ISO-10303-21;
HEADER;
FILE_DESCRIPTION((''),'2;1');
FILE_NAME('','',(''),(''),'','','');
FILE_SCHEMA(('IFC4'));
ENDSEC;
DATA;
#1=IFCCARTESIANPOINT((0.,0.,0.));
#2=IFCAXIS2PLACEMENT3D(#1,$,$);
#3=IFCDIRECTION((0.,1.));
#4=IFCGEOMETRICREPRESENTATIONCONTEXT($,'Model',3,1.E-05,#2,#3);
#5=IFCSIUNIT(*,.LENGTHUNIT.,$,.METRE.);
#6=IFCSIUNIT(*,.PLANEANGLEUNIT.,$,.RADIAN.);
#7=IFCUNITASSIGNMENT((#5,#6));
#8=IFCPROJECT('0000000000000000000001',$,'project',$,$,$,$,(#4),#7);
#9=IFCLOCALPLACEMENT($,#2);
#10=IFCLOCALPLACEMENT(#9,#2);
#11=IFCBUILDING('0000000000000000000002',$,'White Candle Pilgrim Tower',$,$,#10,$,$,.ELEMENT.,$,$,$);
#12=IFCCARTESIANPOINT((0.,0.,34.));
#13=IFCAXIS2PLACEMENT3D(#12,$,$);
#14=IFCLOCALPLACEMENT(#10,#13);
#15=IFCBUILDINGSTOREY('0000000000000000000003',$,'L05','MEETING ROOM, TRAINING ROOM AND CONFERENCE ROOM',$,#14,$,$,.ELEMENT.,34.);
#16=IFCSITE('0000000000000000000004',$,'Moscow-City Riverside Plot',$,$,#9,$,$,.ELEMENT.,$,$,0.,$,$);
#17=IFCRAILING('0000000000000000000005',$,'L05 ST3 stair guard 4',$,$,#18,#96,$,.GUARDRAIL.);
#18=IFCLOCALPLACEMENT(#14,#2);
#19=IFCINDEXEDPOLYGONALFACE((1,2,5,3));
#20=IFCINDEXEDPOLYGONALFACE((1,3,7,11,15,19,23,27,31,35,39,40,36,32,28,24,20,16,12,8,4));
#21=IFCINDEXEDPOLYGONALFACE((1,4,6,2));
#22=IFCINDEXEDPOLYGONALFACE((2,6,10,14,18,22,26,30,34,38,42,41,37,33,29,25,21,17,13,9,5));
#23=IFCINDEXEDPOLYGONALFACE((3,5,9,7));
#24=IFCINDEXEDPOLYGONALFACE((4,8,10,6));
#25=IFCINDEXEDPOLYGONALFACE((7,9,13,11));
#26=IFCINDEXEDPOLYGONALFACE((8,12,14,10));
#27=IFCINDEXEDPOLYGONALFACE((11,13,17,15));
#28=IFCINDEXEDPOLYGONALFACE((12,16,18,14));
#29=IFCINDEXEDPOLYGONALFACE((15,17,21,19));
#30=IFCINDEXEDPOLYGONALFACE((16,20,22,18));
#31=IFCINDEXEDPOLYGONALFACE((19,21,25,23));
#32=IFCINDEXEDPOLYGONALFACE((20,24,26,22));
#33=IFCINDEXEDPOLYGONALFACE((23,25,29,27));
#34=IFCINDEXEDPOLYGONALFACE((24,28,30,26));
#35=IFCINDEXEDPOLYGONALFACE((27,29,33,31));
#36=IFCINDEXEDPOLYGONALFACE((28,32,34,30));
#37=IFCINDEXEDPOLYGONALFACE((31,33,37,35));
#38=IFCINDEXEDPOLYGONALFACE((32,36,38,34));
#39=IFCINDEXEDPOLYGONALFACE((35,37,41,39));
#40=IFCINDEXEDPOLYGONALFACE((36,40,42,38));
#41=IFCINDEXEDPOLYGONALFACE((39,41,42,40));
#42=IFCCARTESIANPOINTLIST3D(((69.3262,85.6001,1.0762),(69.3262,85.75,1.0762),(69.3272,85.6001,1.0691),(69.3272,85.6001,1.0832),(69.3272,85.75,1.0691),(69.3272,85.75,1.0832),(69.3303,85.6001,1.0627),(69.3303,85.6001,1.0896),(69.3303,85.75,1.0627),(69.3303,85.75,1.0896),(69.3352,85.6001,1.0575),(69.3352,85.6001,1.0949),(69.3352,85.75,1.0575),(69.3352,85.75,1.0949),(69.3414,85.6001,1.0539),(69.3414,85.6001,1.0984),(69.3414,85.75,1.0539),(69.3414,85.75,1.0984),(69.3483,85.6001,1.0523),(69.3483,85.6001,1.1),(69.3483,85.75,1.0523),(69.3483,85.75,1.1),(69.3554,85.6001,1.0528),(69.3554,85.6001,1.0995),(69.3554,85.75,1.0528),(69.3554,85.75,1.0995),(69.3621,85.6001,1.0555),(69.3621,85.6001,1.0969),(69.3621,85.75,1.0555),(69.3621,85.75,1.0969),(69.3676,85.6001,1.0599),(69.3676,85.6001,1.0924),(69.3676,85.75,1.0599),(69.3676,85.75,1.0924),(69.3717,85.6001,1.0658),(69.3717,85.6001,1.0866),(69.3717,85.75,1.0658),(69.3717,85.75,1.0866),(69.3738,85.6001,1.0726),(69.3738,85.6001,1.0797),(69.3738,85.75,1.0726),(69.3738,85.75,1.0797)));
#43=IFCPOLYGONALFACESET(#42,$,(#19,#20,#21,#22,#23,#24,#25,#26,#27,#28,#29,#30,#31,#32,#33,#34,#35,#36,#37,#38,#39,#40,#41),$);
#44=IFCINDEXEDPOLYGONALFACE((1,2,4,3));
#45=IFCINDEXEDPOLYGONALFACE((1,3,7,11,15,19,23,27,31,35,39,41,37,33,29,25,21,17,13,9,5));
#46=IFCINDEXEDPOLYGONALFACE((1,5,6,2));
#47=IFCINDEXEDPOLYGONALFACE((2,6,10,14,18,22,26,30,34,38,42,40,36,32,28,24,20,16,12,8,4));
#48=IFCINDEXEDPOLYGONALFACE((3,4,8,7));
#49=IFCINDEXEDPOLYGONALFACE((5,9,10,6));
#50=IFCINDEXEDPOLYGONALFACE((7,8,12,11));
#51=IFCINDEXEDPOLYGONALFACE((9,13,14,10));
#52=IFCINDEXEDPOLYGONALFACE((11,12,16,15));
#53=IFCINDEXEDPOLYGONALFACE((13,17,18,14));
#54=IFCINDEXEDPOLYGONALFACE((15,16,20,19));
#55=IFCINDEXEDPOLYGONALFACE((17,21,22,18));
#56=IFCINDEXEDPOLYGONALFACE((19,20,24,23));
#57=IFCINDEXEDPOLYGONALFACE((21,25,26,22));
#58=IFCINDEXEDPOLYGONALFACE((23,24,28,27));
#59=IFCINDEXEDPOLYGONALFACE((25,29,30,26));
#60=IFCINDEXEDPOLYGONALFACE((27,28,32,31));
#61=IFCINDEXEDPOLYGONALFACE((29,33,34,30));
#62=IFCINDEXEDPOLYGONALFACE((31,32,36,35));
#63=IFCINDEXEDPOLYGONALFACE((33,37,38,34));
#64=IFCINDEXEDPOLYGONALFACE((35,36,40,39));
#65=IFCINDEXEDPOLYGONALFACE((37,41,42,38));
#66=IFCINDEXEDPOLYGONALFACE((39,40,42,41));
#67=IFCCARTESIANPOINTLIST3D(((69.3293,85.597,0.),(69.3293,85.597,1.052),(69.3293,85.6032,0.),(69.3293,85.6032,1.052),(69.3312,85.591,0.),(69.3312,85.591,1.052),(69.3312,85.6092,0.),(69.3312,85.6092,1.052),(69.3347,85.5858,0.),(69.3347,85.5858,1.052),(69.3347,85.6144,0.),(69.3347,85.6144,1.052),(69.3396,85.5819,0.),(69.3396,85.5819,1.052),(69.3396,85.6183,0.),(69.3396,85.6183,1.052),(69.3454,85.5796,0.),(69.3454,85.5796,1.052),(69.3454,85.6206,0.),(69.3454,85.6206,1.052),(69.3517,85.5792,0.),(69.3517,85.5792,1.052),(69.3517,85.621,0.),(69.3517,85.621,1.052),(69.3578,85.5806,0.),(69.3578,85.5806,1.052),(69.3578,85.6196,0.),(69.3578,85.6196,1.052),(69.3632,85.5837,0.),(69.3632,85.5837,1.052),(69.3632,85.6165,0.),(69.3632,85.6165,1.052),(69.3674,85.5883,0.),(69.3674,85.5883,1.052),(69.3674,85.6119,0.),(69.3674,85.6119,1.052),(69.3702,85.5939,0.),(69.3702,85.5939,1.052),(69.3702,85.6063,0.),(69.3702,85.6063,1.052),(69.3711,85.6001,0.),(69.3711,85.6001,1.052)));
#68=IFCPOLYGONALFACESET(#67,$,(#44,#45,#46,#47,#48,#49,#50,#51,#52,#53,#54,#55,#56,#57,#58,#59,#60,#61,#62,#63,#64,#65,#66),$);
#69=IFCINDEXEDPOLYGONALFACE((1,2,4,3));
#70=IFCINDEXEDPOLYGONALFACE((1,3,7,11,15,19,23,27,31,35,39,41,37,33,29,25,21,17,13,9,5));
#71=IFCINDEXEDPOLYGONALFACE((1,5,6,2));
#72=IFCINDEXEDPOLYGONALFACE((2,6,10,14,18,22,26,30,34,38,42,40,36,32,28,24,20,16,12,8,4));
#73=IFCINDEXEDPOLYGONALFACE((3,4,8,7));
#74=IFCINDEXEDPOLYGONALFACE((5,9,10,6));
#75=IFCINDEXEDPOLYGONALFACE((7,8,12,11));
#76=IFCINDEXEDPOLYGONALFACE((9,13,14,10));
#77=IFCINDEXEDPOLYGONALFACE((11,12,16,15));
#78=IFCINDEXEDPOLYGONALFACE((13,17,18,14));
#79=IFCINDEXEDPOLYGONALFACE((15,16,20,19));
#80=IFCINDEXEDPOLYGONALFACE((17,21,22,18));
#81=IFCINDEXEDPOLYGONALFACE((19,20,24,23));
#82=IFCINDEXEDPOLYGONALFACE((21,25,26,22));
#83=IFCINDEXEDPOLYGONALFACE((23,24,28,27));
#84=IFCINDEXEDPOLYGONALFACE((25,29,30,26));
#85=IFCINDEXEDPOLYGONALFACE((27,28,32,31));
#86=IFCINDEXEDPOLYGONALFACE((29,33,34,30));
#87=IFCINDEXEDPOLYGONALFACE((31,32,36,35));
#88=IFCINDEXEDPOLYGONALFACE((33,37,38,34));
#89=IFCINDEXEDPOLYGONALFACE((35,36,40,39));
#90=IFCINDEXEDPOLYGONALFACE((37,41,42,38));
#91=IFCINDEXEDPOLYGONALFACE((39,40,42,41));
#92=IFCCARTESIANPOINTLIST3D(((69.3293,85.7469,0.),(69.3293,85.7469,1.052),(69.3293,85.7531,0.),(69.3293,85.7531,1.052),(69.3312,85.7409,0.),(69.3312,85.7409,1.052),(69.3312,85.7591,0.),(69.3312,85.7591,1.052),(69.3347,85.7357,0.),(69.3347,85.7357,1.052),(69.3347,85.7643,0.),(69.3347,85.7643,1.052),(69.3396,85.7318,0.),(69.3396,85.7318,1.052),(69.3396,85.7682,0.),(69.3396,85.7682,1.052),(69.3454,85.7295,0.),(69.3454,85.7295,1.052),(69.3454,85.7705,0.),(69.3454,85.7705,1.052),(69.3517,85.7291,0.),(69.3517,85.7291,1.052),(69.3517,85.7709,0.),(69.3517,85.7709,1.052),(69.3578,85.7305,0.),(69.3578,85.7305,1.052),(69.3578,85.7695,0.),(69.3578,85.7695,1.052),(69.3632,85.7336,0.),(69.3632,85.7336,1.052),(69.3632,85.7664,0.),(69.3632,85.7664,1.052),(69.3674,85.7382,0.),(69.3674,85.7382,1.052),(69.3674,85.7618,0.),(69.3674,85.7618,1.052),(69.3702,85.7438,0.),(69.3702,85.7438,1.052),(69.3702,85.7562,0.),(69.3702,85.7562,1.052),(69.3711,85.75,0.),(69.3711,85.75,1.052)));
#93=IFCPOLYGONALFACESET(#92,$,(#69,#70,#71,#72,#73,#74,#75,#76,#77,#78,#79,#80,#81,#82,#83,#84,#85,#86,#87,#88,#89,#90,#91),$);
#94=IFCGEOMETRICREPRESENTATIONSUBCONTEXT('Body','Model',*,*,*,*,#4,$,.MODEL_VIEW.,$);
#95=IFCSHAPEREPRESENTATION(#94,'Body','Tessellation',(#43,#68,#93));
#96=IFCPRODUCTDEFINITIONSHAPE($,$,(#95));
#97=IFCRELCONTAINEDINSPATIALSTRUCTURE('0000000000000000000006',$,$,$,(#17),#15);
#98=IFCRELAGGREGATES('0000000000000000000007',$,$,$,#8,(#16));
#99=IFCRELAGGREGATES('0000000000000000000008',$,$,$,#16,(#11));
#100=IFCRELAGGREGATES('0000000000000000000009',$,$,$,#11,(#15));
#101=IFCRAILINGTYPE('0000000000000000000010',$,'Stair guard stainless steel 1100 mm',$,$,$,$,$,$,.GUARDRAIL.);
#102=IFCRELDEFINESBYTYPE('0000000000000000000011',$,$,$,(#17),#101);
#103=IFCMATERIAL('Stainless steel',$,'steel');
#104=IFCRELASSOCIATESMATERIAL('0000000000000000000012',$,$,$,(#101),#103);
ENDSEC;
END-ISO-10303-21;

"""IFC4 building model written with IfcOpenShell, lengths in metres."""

from ifc_helpers import new_model, si_unit, direction, frame, origin, origin_2d, place, context, subcontext, project, spatial, circle, extrude, material, type_object, element, save


model = new_model("IFC4")

# Units and contexts
model_context = context("Model", 3, precision=1e-05, world=origin(), true_north=direction((0.0, 1.0)))
body_context = subcontext(model_context, "Body", "Model", "MODEL_VIEW")
ifc_project = project(units=[si_unit("LENGTHUNIT", "METRE"), si_unit("PLANEANGLEUNIT", "RADIAN")], contexts=[model_context])

# Site, building, storey
site_placement = place(None, origin())
site = spatial("IfcSite", under=ifc_project, at=site_placement, Name="Moscow-City Riverside Plot", CompositionType="ELEMENT", RefElevation=0.0)
building_placement = place(site_placement, origin())
building = spatial("IfcBuilding", under=site, at=building_placement, Name="White Candle Pilgrim Tower", CompositionType="ELEMENT")
storey_placement = place(building_placement, frame((0.0, 0.0, 34.0)))
storey = spatial("IfcBuildingStorey", under=building, at=storey_placement, Name="L05", Description="MEETING ROOM, TRAINING ROOM AND CONFERENCE ROOM", CompositionType="ELEMENT", Elevation=34.0)

# Railing
ifc_material_1 = material(Name="Stainless steel", Category="steel")
railing_type_1 = type_object("IfcRailingType", Name="Stair guard stainless steel 1100 mm", PredefinedType="GUARDRAIL", material=ifc_material_1)
railing_1_placement = place(storey_placement, frame((69.3501, 85.6001, 0.0)))
element("IfcRailing", 1, at=railing_1_placement, inside=storey, type_object=railing_type_1, Name="L05 ST3 stair guard 4", PredefinedType="GUARDRAIL", context=body_context, shape_type="SweptSolid", body=[
    extrude(circle(Radius=0.0239, at=origin_2d()), frame((0.0, 0.0, 1.0762), z_axis=(0.0, 1.0, 0.0), x_axis=(-1.0, 0.0, 0.0)), (0.0, 0.0, 1.0), 0.1499),
    extrude(circle(Radius=0.021, at=origin_2d()), origin(), (0.0, 0.0, 1.0), 1.052),
    extrude(circle(Radius=0.021, at=origin_2d()), frame((0.0, 0.1499, 0.0)), (0.0, 0.0, 1.0), 1.052),
])

save(model, "model.ifc")
